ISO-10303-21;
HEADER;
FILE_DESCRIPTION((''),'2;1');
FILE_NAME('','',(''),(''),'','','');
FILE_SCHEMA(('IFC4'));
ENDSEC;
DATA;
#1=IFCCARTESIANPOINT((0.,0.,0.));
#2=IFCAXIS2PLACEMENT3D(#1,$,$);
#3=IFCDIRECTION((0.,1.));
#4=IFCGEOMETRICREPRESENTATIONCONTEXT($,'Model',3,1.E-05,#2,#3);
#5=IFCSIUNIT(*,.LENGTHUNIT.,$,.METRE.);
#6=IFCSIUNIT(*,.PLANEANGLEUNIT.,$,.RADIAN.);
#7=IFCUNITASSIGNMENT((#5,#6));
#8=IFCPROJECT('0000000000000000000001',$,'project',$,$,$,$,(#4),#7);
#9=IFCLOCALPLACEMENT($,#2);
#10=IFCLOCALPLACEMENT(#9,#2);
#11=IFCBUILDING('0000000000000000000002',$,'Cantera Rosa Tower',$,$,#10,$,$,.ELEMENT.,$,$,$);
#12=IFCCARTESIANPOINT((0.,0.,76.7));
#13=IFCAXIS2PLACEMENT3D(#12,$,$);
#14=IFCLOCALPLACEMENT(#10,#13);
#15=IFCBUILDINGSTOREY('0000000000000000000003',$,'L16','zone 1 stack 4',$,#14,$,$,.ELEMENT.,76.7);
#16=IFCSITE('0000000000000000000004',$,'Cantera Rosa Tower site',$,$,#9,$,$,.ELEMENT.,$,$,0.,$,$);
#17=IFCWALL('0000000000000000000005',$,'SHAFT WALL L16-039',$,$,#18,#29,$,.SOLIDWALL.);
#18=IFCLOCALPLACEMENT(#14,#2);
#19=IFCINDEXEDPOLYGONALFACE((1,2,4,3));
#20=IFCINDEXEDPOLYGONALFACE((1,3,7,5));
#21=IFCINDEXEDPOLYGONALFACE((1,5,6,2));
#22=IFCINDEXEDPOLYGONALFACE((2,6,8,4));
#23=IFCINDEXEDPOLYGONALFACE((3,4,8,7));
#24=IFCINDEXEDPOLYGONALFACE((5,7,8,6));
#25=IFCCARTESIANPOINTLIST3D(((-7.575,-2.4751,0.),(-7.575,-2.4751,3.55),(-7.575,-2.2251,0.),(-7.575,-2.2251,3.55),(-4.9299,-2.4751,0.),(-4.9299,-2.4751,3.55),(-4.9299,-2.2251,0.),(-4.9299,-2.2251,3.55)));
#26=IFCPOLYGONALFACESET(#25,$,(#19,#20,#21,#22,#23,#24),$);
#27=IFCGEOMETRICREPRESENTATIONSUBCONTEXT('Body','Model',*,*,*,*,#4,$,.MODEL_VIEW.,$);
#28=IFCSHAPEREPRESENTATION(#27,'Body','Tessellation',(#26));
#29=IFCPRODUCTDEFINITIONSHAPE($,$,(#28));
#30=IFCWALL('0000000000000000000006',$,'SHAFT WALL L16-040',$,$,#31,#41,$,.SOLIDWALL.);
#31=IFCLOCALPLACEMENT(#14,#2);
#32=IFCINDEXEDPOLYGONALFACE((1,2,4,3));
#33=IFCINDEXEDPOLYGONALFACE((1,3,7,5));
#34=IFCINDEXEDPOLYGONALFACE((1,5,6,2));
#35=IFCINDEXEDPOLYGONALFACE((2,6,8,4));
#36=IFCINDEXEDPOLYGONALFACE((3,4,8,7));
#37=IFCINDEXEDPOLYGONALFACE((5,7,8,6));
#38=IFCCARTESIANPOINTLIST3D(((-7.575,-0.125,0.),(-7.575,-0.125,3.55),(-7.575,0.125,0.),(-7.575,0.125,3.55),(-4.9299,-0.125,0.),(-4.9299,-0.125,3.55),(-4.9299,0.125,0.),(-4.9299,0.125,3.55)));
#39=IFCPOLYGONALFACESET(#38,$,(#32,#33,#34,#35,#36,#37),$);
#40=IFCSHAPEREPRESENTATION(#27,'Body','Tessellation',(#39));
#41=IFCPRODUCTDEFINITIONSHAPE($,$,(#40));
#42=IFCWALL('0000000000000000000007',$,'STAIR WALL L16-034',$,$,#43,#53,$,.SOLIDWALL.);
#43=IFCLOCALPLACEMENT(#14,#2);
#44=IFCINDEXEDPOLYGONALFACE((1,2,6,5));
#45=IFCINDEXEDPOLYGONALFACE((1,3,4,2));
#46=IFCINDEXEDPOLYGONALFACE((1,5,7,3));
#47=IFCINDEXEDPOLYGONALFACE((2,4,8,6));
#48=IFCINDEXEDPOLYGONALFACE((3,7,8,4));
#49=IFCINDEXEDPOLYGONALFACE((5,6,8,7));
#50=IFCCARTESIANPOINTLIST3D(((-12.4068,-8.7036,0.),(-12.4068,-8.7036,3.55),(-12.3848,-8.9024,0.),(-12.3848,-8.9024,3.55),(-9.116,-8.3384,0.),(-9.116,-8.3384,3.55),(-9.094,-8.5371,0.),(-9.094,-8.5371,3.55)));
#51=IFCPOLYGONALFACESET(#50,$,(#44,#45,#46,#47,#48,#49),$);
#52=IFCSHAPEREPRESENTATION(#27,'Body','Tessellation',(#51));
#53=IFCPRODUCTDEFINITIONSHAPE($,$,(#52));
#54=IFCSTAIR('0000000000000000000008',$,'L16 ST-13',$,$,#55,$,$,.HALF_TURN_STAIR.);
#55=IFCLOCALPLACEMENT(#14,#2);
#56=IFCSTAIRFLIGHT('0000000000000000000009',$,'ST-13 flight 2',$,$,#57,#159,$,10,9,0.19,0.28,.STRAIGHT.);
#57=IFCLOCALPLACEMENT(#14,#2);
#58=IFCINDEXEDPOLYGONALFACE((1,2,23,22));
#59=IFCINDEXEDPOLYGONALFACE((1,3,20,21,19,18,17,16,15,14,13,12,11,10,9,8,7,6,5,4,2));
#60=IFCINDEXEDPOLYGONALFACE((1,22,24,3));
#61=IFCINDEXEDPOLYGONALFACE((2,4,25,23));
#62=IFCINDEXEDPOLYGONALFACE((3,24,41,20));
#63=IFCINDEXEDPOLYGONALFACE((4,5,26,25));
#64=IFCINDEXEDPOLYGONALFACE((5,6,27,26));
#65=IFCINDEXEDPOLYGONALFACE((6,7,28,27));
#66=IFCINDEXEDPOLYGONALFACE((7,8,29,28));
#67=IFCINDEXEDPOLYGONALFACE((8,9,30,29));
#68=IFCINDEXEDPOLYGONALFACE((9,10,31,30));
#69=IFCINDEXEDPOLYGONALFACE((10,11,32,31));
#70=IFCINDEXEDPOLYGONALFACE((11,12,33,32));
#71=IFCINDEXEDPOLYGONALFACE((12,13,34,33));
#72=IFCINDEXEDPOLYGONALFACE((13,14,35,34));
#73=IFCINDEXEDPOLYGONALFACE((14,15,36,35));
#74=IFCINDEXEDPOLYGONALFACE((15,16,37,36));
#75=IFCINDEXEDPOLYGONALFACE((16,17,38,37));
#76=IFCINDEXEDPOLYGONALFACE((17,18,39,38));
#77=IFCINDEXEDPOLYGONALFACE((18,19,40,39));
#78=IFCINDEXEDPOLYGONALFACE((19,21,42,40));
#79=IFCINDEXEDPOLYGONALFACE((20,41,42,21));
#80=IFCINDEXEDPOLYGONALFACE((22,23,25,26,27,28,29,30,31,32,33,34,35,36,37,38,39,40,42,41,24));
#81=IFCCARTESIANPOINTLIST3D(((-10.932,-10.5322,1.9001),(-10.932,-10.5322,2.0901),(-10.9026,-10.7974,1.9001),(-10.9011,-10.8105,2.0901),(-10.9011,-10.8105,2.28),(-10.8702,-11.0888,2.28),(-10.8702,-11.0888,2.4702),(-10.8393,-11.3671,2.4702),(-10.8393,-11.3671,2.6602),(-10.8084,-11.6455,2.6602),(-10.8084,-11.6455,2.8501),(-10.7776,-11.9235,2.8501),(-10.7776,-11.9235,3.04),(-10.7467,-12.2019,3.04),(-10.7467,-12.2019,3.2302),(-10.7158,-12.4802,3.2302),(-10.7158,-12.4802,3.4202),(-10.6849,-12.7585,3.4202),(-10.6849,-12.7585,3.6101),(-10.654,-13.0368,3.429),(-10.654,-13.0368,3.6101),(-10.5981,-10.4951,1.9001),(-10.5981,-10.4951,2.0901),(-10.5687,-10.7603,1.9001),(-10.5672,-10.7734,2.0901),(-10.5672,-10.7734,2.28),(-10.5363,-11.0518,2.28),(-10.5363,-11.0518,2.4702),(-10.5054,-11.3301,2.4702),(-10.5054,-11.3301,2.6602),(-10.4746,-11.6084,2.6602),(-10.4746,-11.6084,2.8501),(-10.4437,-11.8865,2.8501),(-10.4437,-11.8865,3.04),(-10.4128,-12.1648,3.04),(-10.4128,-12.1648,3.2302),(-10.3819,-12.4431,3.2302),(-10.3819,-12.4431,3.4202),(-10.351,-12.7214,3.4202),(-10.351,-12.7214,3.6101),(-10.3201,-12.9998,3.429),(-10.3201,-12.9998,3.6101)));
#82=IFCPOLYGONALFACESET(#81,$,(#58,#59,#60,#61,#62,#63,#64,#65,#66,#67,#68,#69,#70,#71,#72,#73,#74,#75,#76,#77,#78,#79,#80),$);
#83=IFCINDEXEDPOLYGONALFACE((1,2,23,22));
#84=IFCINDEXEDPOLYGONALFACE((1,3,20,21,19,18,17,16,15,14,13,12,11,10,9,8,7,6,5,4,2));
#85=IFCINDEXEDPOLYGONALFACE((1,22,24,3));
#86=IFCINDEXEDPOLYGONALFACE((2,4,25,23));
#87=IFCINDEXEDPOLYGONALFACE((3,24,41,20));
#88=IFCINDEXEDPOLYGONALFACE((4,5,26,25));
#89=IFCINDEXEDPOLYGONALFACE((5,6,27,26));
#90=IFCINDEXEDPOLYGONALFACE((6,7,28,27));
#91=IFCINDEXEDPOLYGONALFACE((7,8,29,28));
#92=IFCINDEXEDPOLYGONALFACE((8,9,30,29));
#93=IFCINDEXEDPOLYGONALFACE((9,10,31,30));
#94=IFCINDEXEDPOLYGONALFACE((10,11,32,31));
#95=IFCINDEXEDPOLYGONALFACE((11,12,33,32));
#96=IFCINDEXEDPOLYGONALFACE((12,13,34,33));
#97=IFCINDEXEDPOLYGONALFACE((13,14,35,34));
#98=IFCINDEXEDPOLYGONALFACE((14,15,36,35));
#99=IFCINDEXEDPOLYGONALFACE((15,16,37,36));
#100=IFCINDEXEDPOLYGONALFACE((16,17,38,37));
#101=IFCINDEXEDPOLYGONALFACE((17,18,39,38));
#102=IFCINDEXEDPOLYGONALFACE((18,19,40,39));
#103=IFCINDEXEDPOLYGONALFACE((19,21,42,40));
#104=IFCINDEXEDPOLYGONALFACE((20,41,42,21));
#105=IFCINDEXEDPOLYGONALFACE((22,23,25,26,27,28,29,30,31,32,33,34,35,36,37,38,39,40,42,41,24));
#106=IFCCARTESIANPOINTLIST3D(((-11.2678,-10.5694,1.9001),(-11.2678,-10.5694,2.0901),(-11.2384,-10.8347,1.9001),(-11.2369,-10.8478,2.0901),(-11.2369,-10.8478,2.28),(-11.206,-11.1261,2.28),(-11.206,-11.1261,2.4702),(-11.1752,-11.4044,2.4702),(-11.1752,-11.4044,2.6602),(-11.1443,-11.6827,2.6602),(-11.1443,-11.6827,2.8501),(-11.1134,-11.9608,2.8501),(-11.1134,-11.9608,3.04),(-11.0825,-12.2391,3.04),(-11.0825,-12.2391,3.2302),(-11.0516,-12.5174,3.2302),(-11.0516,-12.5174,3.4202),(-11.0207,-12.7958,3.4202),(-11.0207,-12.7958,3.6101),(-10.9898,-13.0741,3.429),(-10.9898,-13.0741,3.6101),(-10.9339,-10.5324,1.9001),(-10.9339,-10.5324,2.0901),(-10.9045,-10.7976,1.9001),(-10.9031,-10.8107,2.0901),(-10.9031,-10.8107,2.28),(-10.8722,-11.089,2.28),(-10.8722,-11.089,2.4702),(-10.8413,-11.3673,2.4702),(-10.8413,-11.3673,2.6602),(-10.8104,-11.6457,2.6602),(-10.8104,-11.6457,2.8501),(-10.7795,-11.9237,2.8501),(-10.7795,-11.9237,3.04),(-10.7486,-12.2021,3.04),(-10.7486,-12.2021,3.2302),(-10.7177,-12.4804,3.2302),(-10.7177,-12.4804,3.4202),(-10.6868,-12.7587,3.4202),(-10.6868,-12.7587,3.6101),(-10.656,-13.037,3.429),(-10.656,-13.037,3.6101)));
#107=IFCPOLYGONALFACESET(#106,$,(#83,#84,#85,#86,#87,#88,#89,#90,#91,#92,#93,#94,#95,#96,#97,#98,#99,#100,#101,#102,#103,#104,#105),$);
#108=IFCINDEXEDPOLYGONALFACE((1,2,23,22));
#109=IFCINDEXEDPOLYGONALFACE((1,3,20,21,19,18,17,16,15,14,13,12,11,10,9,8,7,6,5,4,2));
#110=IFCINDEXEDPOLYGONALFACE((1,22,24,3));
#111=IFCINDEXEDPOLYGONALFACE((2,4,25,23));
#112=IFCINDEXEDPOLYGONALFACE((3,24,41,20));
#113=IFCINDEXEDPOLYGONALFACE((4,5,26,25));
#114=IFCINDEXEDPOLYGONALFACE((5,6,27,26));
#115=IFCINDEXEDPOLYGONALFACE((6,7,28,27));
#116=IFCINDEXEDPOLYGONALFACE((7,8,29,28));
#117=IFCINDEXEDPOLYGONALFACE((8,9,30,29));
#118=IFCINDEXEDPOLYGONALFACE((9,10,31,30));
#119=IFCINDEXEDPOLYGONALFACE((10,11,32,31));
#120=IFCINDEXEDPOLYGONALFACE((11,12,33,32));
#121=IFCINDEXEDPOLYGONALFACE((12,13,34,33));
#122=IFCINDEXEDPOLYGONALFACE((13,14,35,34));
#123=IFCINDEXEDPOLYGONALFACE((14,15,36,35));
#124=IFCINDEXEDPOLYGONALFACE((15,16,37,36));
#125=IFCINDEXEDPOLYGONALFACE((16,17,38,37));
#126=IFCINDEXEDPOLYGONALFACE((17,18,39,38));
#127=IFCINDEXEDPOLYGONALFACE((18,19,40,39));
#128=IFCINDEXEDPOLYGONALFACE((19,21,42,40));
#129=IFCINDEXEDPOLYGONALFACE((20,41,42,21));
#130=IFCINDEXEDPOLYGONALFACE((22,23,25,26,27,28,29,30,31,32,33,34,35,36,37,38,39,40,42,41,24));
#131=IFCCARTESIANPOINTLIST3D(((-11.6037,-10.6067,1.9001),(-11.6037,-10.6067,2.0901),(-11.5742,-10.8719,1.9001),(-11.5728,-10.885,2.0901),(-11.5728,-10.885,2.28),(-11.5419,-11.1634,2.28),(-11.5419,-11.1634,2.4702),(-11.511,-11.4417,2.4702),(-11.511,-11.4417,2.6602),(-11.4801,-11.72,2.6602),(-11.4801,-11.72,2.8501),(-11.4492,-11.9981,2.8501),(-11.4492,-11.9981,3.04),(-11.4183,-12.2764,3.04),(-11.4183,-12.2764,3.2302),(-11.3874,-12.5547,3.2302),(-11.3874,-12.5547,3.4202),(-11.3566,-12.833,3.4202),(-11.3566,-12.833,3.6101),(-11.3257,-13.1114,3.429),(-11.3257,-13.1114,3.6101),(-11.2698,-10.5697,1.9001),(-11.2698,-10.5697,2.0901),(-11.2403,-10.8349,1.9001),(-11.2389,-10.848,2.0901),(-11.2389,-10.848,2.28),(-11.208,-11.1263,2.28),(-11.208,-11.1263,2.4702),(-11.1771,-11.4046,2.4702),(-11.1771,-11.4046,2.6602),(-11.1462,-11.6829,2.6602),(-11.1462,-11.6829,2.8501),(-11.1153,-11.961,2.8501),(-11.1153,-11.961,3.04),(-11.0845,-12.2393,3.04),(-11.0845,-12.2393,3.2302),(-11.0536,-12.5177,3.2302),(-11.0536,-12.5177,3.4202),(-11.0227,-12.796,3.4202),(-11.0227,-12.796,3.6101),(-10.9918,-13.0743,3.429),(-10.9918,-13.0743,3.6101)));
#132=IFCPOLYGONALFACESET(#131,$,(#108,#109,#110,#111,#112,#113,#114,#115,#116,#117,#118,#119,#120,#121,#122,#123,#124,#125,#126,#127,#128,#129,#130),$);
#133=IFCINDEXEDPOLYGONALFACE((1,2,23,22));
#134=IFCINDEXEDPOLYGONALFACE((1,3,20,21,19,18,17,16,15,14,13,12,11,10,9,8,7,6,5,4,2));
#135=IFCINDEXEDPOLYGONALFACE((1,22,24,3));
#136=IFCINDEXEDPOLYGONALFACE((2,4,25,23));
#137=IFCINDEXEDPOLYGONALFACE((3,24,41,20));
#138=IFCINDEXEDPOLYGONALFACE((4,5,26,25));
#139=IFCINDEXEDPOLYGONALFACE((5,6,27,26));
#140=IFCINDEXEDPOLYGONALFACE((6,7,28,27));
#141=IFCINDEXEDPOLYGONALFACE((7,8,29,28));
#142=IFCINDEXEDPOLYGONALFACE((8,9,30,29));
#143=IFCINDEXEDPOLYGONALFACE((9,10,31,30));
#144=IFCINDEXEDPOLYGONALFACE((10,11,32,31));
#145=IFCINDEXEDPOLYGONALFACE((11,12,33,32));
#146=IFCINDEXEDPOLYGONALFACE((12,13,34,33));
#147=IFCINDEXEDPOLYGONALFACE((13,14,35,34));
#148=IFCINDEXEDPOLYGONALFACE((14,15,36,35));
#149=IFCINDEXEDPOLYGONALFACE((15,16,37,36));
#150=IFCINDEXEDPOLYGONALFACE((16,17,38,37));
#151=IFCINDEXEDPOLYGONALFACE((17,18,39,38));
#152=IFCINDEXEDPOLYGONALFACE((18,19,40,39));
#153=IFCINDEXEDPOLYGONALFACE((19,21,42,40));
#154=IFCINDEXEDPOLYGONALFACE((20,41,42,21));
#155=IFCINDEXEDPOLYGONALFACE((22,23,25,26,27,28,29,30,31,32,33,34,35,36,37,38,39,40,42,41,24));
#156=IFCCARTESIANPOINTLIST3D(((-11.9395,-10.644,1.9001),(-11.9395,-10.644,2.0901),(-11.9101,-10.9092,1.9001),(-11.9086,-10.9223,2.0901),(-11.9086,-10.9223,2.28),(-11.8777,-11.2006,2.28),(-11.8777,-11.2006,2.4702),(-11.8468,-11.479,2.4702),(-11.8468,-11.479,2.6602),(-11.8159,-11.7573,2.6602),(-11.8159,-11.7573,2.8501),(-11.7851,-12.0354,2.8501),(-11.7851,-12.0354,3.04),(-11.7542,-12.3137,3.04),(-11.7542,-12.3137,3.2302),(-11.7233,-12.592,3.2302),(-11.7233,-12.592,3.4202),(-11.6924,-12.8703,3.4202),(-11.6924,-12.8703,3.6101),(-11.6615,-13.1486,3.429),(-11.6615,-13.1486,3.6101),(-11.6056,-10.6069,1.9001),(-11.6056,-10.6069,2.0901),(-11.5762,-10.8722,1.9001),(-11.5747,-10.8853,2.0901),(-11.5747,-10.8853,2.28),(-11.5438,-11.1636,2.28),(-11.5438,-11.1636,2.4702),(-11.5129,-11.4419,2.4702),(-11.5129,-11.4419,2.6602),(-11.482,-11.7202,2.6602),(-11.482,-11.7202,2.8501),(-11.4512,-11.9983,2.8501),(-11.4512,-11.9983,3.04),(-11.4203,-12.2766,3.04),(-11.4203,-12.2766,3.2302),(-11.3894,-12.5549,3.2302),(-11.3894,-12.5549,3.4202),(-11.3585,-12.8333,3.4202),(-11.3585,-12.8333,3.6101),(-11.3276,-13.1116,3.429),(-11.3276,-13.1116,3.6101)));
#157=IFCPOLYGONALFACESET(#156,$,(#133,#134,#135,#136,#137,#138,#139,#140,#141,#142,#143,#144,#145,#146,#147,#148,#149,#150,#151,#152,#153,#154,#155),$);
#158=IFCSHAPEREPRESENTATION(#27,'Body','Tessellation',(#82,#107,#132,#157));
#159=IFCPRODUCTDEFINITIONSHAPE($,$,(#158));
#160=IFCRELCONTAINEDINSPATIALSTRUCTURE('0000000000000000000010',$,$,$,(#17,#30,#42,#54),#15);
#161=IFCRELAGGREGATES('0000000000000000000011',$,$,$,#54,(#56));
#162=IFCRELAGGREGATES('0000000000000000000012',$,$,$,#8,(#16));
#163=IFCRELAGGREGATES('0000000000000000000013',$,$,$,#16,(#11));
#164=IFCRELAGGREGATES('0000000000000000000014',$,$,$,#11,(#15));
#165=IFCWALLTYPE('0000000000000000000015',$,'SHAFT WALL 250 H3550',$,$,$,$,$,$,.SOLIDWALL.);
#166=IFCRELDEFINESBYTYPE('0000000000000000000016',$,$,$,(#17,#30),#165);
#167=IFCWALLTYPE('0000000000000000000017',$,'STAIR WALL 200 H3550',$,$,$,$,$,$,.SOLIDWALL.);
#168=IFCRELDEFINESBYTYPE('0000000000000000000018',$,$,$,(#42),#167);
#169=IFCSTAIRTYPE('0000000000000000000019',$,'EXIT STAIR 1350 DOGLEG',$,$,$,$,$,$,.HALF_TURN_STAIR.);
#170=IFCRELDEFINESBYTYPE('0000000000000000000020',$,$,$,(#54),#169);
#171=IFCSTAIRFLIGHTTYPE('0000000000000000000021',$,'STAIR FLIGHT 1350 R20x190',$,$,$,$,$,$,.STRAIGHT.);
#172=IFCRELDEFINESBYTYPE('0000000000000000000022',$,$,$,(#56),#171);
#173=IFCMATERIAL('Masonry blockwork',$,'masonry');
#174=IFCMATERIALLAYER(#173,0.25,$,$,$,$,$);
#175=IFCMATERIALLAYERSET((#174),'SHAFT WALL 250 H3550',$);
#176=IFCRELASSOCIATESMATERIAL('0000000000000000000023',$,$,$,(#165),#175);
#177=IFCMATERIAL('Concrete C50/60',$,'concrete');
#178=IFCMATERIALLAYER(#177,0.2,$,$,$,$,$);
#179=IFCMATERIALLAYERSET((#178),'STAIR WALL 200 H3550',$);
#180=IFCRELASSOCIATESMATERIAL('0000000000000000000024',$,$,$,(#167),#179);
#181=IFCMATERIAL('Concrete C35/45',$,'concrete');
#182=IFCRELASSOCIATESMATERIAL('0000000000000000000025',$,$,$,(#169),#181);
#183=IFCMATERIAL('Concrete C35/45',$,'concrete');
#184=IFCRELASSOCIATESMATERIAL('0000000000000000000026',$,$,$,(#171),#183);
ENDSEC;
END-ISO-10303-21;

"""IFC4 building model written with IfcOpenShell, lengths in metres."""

from ifc_helpers import new_model, si_unit, direction, frame, frame_2d, origin, place, context, subcontext, project, spatial, polyline, rectangle, outline, extrude, material, layer, layer_set, type_object, element, aggregate, save


model = new_model("IFC4")

# Units and contexts
model_context = context("Model", 3, precision=1e-05, world=origin(), true_north=direction((0.0, 1.0)))
body_context = subcontext(model_context, "Body", "Model", "MODEL_VIEW")
ifc_project = project(units=[si_unit("LENGTHUNIT", "METRE"), si_unit("PLANEANGLEUNIT", "RADIAN")], contexts=[model_context])

# Site, building, storey
site_placement = place(None, origin())
site = spatial("IfcSite", under=ifc_project, at=site_placement, Name="Cantera Rosa Tower site", CompositionType="ELEMENT", RefElevation=0.0)
building_placement = place(site_placement, origin())
building = spatial("IfcBuilding", under=site, at=building_placement, Name="Cantera Rosa Tower", CompositionType="ELEMENT")
storey_placement = place(building_placement, frame((0.0, 0.0, 76.7)))
storey = spatial("IfcBuildingStorey", under=building, at=storey_placement, Name="L16", Description="zone 1 stack 4", CompositionType="ELEMENT", Elevation=76.7)

# Walls
ifc_material_1 = material(Name="Masonry blockwork", Category="masonry")
ifc_layer_1 = layer(ifc_material_1, 0.25)
ifc_layer_set_1 = layer_set([ifc_layer_1], Name="SHAFT WALL 250 H3550")
wall_type_1 = type_object("IfcWallType", Name="SHAFT WALL 250 H3550", PredefinedType="SOLIDWALL", material=ifc_layer_set_1)
for number, where, z_axis, x_axis, name in (
    (1, (-7.575, -2.3501, 0.0), (0.0, 0.0, 1.0), (1.0, 0.0, 0.0), "SHAFT WALL L16-039"),
    (2, (-7.575, 0.0, 0.0), (0.0, 0.0, 1.0), (1.0, 0.0, 0.0), "SHAFT WALL L16-040"),
):
    element("IfcWall", number, at=place(storey_placement, frame(where, z_axis=z_axis, x_axis=x_axis)), inside=storey, type_object=wall_type_1, Name=name, PredefinedType="SOLIDWALL", context=body_context, shape_type="SweptSolid", body=[
        extrude(rectangle(XDim=2.645, YDim=0.25, at=frame_2d((1.3225, 0.0))), origin(), (0.0, 0.0, 1.0), 3.55),
    ])
ifc_material_2 = material(Name="Concrete C50/60", Category="concrete")
ifc_layer_2 = layer(ifc_material_2, 0.2)
ifc_layer_set_2 = layer_set([ifc_layer_2], Name="STAIR WALL 200 H3550")
wall_type_2 = type_object("IfcWallType", Name="STAIR WALL 200 H3550", PredefinedType="SOLIDWALL", material=ifc_layer_set_2)
wall_1_placement = place(storey_placement, frame((-9.105, -8.4377, 0.0), z_axis=(0.0, 0.0, 1.0), x_axis=(-0.993897, -0.11031, 0.0)))
element("IfcWall", 3, at=wall_1_placement, inside=storey, type_object=wall_type_2, Name="STAIR WALL L16-034", PredefinedType="SOLIDWALL", context=body_context, shape_type="SweptSolid", body=[
    extrude(rectangle(XDim=3.311, YDim=0.2, at=frame_2d((1.6555, 0.0))), origin(), (0.0, 0.0, 1.0), 3.55),
])

# Stair, stair flight
ifc_material_3 = material(Name="Concrete C35/45", Category="concrete")
stair_type = type_object("IfcStairType", Name="EXIT STAIR 1350 DOGLEG", PredefinedType="HALF_TURN_STAIR", material=ifc_material_3)
stair_placement = place(storey_placement, origin())
stair = element("IfcStair", 4, at=stair_placement, inside=storey, type_object=stair_type, Name="L16 ST-13", PredefinedType="HALF_TURN_STAIR")
ifc_material_4 = material(Name="Concrete C35/45", Category="concrete")
stair_flight_type = type_object("IfcStairFlightType", Name="STAIR FLIGHT 1350 R20x190", PredefinedType="STRAIGHT", material=ifc_material_4)
stair_flight_placement = place(storey_placement, frame((-11.269, -10.5696, 1.9001), z_axis=(0.0, 0.0, 1.0), x_axis=(0.110313, -0.993897, 0.0)))
stair_flight = element("IfcStairFlight", 5, at=stair_flight_placement, type_object=stair_flight_type, Name="ST-13 flight 2", NumberOfRisers=10, NumberOfTreads=9, PredefinedType="STRAIGHT", RiserHeight=0.19, TreadLength=0.28, context=body_context, shape_type="SweptSolid", body=[
    extrude(outline(polyline([(0.0, 0.0), (0.0, 0.1899), (0.28, 0.1899), (0.28, 0.3799), (0.5601, 0.3799), (0.5601, 0.5701), (0.8401, 0.5701), (0.8401, 0.76), (1.1201, 0.76), (1.1201, 0.95), (1.3999, 0.95), (1.3999, 1.1399), (1.6799, 1.1399), (1.6799, 1.3301), (1.96, 1.3301), (1.96, 1.52), (2.24, 1.52), (2.24, 1.71), (2.52, 1.71), (2.52, 1.8999), (2.52, 1.5288), (0.2668, 0.0), (0.0, 0.0)])), frame((0.0, 0.675, 0.0), z_axis=(0.0, -1.0, 0.0), x_axis=(1.0, 0.0, 0.0)), (0.0, 0.0, 1.0), 0.3359),
    extrude(outline(polyline([(0.0, 0.0), (0.0, 0.1899), (0.28, 0.1899), (0.28, 0.3799), (0.5601, 0.3799), (0.5601, 0.5701), (0.8401, 0.5701), (0.8401, 0.76), (1.1201, 0.76), (1.1201, 0.95), (1.3999, 0.95), (1.3999, 1.1399), (1.6799, 1.1399), (1.6799, 1.3301), (1.96, 1.3301), (1.96, 1.52), (2.24, 1.52), (2.24, 1.71), (2.52, 1.71), (2.52, 1.8999), (2.52, 1.5288), (0.2668, 0.0), (0.0, 0.0)])), frame((0.0, 0.3372, 0.0), z_axis=(0.0, -1.0, 0.0), x_axis=(1.0, 0.0, 0.0)), (0.0, 0.0, 1.0), 0.3359),
    extrude(outline(polyline([(0.0, 0.0), (0.0, 0.1899), (0.28, 0.1899), (0.28, 0.3799), (0.5601, 0.3799), (0.5601, 0.5701), (0.8401, 0.5701), (0.8401, 0.76), (1.1201, 0.76), (1.1201, 0.95), (1.3999, 0.95), (1.3999, 1.1399), (1.6799, 1.1399), (1.6799, 1.3301), (1.96, 1.3301), (1.96, 1.52), (2.24, 1.52), (2.24, 1.71), (2.52, 1.71), (2.52, 1.8999), (2.52, 1.5288), (0.2668, 0.0), (0.0, 0.0)])), frame((0.0, -0.0007, 0.0), z_axis=(0.0, -1.0, 0.0), x_axis=(1.0, 0.0, 0.0)), (0.0, 0.0, 1.0), 0.3359),
    extrude(outline(polyline([(0.0, 0.0), (0.0, 0.1899), (0.28, 0.1899), (0.28, 0.3799), (0.5601, 0.3799), (0.5601, 0.5701), (0.8401, 0.5701), (0.8401, 0.76), (1.1201, 0.76), (1.1201, 0.95), (1.3999, 0.95), (1.3999, 1.1399), (1.6799, 1.1399), (1.6799, 1.3301), (1.96, 1.3301), (1.96, 1.52), (2.24, 1.52), (2.24, 1.71), (2.52, 1.71), (2.52, 1.8999), (2.52, 1.5288), (0.2668, 0.0), (0.0, 0.0)])), frame((0.0, -0.3386, 0.0), z_axis=(0.0, -1.0, 0.0), x_axis=(1.0, 0.0, 0.0)), (0.0, 0.0, 1.0), 0.3359),
])
aggregate(stair, [stair_flight])

save(model, "model.ifc")
